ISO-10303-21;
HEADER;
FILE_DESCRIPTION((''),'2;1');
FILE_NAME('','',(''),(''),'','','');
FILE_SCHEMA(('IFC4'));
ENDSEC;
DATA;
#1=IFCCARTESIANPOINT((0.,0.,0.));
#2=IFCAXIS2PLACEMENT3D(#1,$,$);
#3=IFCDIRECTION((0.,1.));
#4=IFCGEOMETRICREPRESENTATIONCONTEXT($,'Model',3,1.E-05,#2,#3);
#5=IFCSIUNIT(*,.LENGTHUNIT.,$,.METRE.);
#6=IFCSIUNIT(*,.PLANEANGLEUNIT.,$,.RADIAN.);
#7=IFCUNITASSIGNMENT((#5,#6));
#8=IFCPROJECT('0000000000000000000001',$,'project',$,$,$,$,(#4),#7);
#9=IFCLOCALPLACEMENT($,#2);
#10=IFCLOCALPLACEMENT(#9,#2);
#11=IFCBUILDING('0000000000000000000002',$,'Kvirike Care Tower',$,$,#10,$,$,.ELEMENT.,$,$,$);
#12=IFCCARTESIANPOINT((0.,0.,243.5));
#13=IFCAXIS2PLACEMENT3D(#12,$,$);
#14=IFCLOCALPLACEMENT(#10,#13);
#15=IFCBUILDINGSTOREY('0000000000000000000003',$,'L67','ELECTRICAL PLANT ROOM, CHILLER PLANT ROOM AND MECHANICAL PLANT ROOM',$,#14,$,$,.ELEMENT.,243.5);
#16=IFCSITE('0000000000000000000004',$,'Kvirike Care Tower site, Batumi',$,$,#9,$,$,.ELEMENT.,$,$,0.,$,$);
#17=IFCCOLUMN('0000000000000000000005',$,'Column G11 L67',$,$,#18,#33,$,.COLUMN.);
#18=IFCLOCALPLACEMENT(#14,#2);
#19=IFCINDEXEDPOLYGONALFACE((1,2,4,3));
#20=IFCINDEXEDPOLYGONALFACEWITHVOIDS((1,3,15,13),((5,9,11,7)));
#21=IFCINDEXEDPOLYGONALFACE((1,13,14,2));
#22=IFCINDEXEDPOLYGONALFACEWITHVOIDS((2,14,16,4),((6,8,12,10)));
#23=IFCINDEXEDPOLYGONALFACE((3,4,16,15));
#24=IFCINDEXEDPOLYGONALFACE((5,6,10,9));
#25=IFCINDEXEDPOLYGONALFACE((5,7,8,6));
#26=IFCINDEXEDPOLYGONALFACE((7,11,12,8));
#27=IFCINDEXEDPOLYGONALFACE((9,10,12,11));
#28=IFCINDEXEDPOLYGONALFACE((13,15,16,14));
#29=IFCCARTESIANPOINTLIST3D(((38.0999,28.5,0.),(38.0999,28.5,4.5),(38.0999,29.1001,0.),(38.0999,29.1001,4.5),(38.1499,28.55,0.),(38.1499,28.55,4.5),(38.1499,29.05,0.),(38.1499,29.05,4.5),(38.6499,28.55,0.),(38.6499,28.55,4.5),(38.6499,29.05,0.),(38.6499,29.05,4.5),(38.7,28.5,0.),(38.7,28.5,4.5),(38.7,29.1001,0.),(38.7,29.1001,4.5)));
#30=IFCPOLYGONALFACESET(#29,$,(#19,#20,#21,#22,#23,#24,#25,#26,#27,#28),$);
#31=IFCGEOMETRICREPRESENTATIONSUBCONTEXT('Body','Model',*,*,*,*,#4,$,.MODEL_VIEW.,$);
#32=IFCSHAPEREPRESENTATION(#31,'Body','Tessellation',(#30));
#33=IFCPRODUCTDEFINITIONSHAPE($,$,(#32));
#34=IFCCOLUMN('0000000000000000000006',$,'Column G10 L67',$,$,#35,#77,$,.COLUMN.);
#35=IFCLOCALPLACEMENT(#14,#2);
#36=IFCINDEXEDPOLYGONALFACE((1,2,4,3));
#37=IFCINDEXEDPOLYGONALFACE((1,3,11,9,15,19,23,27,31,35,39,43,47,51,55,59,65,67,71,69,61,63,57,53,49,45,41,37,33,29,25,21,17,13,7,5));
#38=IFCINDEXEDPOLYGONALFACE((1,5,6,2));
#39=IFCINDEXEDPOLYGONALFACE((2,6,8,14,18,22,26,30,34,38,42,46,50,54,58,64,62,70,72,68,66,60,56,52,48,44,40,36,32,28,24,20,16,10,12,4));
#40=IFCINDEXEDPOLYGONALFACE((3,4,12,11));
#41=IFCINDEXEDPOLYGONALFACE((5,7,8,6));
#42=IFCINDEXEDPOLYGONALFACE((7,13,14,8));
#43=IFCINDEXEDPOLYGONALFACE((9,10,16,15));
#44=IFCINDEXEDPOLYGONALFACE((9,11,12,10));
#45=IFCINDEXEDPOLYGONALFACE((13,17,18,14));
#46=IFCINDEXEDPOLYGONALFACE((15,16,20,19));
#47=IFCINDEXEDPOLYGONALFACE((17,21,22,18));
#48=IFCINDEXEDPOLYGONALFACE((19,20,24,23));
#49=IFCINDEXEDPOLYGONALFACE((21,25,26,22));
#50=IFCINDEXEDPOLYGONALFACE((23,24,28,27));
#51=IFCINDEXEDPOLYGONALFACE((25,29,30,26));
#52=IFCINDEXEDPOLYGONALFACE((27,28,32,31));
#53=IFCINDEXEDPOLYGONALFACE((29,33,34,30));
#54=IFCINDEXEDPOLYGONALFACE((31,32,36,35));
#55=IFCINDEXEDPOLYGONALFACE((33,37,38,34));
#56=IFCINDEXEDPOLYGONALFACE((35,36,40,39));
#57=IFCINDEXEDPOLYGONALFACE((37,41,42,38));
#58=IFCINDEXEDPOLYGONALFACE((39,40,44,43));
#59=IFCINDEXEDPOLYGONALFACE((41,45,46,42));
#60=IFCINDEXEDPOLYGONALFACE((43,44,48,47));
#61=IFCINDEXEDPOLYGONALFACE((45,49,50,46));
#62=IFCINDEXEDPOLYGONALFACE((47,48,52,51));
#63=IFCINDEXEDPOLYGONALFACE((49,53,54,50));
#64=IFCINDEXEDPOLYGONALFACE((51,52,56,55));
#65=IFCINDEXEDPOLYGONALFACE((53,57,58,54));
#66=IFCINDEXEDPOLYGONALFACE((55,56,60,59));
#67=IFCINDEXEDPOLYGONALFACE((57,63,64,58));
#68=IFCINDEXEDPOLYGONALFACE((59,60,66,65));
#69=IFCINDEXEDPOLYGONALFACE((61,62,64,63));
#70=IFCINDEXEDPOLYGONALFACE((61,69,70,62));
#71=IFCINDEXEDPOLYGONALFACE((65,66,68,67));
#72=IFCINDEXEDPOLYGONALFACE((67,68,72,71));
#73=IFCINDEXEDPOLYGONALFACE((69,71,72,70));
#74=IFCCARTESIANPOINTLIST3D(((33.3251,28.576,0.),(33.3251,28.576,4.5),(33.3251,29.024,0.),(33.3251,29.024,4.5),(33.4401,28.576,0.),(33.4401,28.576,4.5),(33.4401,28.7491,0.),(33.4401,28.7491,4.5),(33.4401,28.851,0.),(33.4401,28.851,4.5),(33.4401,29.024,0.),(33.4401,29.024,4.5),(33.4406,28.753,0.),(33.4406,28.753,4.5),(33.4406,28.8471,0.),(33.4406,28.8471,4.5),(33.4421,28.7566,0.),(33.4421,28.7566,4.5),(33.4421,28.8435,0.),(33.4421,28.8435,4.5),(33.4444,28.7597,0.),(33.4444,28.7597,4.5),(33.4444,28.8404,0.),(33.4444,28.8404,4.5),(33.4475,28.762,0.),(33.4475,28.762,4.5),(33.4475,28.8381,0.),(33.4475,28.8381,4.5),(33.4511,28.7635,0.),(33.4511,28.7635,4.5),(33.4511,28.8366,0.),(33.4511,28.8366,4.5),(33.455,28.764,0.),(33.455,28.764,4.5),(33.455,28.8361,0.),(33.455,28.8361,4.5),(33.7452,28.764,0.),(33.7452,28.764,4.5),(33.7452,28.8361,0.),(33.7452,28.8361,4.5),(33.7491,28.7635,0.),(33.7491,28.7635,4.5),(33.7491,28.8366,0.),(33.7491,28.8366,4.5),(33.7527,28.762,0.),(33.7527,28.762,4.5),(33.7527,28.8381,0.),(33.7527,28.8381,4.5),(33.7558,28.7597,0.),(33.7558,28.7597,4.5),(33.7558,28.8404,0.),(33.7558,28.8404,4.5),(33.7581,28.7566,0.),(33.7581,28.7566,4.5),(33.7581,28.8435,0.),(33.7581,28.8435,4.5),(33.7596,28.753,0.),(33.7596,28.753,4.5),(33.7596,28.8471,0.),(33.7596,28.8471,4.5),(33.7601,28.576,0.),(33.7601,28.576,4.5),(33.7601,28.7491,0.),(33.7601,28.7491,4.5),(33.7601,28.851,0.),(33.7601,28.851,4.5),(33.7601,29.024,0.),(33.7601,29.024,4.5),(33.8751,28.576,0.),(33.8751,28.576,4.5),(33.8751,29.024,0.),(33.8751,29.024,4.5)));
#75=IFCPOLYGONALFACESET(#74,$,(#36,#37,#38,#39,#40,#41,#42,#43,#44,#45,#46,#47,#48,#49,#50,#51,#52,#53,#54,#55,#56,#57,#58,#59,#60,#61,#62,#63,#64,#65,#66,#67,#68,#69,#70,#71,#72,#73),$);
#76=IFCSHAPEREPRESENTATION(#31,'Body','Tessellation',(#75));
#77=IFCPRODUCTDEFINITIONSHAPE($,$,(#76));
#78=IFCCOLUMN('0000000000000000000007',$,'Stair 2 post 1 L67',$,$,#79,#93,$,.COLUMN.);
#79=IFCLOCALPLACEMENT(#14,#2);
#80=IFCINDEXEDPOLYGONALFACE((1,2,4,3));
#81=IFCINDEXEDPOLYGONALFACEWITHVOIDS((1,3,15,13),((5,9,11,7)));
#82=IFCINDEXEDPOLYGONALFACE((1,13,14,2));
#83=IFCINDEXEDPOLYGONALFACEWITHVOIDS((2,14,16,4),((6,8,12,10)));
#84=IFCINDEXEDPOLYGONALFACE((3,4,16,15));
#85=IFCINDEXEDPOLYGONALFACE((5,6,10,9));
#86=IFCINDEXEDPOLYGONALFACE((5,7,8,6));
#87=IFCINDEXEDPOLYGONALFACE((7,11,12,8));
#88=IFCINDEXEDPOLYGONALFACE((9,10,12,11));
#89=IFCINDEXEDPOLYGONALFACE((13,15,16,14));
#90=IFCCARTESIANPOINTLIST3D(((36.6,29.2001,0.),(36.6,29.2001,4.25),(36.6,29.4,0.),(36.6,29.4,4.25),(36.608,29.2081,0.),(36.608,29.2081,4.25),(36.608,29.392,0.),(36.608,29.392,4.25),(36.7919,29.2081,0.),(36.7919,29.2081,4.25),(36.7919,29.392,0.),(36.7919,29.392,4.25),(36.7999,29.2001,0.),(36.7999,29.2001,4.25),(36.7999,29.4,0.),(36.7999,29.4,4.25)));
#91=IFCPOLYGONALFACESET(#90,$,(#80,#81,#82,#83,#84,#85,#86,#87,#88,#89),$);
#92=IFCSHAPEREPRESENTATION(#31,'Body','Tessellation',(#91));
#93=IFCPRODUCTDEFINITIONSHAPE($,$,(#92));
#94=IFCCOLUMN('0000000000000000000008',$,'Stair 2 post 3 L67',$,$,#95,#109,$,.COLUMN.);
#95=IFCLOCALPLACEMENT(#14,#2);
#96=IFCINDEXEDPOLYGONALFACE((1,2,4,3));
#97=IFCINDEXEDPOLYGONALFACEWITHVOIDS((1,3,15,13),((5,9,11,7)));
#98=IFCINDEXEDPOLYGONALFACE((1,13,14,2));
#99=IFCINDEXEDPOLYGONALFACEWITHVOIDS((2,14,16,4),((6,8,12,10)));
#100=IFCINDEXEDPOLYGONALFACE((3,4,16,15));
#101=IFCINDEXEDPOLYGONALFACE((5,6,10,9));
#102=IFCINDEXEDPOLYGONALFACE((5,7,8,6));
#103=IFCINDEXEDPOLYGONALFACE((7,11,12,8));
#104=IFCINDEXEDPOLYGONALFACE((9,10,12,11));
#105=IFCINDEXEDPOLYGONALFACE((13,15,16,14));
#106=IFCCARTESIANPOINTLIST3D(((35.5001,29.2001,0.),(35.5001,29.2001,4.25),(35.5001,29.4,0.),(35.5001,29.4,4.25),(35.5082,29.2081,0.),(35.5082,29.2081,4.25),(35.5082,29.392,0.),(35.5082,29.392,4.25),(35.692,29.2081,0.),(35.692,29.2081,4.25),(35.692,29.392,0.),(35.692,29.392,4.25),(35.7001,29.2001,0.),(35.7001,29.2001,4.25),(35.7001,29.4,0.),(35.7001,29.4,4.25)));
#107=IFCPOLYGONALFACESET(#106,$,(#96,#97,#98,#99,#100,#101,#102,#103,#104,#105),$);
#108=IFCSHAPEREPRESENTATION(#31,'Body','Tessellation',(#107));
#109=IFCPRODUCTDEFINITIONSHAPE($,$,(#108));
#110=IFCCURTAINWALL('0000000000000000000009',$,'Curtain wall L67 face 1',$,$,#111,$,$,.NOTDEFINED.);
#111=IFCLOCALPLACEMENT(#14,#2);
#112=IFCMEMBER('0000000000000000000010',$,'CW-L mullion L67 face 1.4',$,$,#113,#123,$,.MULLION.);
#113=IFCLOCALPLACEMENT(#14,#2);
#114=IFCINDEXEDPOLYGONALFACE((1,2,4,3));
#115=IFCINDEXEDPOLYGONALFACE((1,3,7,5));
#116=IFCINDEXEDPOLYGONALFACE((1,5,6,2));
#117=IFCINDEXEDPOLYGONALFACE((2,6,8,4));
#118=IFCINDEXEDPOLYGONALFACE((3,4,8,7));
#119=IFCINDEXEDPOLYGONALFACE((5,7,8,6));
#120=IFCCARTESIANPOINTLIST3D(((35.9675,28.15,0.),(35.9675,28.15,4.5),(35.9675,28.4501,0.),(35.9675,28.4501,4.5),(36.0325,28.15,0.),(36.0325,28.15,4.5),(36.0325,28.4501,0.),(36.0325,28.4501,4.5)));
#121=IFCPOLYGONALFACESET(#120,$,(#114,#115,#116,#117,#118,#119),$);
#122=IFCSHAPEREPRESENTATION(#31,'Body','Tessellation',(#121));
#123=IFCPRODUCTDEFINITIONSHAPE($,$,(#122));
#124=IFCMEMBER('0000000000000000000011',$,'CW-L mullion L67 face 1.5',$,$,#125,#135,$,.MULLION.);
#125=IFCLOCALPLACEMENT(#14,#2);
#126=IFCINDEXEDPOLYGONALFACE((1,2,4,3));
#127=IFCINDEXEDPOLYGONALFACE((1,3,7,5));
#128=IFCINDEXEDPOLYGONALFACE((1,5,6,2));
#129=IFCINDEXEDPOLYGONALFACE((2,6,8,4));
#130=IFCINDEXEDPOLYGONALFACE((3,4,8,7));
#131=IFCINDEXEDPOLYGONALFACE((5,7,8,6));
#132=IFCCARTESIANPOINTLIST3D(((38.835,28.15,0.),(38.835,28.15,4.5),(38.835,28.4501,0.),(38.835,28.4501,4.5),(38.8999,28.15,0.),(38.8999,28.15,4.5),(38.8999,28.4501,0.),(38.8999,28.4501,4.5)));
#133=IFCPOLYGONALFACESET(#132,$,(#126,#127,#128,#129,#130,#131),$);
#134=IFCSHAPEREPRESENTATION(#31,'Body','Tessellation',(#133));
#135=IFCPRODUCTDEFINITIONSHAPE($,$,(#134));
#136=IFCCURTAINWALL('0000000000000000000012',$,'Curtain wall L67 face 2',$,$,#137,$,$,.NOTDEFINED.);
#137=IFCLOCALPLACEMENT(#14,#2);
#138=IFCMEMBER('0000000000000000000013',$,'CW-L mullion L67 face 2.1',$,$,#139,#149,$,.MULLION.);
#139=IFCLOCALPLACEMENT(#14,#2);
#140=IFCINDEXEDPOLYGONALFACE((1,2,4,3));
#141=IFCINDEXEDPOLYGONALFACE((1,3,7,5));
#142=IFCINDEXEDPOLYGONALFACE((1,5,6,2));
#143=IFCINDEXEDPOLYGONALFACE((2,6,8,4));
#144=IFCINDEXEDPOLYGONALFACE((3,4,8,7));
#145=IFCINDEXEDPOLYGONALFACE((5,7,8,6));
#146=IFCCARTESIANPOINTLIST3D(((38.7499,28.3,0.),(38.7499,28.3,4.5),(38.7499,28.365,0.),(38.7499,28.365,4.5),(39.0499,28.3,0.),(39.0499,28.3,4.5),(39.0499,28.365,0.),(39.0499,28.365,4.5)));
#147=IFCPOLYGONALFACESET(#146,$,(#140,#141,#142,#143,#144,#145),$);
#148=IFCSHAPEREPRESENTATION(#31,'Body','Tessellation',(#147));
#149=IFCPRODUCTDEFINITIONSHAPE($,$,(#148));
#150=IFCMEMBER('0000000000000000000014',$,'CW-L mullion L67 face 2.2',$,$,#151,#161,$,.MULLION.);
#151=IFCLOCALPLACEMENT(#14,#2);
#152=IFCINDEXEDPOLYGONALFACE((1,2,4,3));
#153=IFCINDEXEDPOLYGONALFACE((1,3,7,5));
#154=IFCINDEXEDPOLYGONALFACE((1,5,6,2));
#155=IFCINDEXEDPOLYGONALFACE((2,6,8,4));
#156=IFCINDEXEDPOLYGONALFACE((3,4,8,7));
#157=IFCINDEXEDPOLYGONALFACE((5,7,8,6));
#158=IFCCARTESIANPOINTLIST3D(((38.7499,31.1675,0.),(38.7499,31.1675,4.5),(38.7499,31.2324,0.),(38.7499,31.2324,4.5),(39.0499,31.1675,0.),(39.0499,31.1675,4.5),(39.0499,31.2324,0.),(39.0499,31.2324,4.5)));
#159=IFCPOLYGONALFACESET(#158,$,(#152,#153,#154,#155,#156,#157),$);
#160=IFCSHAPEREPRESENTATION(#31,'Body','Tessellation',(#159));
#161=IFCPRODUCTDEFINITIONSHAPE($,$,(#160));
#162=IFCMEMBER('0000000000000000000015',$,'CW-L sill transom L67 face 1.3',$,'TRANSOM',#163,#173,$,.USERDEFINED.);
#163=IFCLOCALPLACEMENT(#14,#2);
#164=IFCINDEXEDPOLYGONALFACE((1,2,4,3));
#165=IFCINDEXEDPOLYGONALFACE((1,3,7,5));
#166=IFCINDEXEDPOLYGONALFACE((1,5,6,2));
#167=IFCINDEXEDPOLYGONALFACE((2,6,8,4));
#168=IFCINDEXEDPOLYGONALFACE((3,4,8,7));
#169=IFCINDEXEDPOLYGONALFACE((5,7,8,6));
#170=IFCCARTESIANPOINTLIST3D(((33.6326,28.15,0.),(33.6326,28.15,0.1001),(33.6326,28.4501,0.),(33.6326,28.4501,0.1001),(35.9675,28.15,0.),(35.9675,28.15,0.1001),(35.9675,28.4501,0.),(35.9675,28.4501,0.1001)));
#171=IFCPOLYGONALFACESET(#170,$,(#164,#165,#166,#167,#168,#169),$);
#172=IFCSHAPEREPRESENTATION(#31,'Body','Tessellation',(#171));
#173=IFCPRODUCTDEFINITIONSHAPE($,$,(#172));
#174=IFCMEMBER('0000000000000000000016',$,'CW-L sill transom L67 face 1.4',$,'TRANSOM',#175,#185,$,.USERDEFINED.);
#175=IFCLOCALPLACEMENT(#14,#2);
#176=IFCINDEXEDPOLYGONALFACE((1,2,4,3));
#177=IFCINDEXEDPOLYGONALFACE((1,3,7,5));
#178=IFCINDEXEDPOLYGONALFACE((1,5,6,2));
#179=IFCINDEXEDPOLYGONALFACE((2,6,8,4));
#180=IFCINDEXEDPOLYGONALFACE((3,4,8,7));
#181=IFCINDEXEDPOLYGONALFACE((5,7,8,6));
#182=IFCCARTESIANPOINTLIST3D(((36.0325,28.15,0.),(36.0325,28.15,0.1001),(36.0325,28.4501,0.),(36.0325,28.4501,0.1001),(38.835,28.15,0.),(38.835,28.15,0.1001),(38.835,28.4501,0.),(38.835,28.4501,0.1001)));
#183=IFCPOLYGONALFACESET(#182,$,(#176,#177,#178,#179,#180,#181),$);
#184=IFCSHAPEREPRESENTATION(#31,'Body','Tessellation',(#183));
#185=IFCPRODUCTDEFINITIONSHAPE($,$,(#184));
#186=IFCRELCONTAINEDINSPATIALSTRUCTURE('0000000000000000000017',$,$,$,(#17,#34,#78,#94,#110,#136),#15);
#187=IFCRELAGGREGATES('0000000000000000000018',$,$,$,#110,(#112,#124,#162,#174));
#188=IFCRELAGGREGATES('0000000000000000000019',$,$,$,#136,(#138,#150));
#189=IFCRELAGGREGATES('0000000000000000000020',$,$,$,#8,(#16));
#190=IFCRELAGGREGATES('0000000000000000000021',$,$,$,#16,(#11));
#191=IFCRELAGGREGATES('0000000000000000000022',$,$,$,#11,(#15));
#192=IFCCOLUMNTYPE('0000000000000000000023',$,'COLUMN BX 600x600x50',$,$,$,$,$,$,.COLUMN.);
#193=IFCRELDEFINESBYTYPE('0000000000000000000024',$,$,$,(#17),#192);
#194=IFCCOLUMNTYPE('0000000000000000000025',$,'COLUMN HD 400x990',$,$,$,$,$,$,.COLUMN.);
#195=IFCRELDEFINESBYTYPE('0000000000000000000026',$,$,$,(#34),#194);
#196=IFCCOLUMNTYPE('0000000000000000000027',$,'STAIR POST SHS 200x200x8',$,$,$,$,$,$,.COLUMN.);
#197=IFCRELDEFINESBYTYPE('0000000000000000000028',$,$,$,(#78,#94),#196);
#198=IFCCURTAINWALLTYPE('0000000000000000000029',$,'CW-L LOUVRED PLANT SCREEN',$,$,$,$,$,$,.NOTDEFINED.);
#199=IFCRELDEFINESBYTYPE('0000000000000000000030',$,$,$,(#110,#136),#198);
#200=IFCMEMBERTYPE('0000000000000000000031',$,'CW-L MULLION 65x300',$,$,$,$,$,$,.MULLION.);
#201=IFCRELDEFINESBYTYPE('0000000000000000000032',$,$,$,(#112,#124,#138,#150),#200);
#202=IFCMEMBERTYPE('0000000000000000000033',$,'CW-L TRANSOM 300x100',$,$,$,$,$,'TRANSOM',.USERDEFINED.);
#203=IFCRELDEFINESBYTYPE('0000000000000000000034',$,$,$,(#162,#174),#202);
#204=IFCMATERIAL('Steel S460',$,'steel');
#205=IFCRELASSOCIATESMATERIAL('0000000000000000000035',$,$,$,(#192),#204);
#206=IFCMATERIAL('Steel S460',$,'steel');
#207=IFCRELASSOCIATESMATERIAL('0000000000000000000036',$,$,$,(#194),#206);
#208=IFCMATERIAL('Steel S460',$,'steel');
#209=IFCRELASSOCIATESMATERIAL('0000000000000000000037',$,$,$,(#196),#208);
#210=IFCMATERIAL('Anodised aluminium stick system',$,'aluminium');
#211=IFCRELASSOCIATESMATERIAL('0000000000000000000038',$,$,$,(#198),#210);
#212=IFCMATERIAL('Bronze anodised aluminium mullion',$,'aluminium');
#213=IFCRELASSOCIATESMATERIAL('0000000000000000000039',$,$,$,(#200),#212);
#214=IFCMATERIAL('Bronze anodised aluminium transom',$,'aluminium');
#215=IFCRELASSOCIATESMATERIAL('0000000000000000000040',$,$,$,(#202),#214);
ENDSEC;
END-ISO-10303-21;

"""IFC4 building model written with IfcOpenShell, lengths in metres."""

from ifc_helpers import new_model, si_unit, direction, frame, origin, origin_2d, place, context, subcontext, project, spatial, rectangle, hollow_rectangle, i_section, extrude, material, material_profile, profile_set, type_object, element, aggregate, save


model = new_model("IFC4")

# Units and contexts
model_context = context("Model", 3, precision=1e-05, world=origin(), true_north=direction((0.0, 1.0)))
body_context = subcontext(model_context, "Body", "Model", "MODEL_VIEW")
ifc_project = project(units=[si_unit("LENGTHUNIT", "METRE"), si_unit("PLANEANGLEUNIT", "RADIAN")], contexts=[model_context])

# Site, building, storey
site_placement = place(None, origin())
site = spatial("IfcSite", under=ifc_project, at=site_placement, Name="Kvirike Care Tower site, Batumi", CompositionType="ELEMENT", RefElevation=0.0)
building_placement = place(site_placement, origin())
building = spatial("IfcBuilding", under=site, at=building_placement, Name="Kvirike Care Tower", CompositionType="ELEMENT")
storey_placement = place(building_placement, frame((0.0, 0.0, 243.5)))
storey = spatial("IfcBuildingStorey", under=building, at=storey_placement, Name="L67", Description="ELECTRICAL PLANT ROOM, CHILLER PLANT ROOM AND MECHANICAL PLANT ROOM", CompositionType="ELEMENT", Elevation=243.5)

# Columns
ifc_material_1 = material(Name="Steel S460", Category="steel")
ifc_material_profile_1 = material_profile(ifc_material_1, hollow_rectangle(XDim=0.6001, YDim=0.6001, WallThickness=0.05, at=origin_2d()), Name="BX 600x600x50")
ifc_profile_set_1 = profile_set([ifc_material_profile_1], Name="Steel S460")
column_type_1 = type_object("IfcColumnType", Name="COLUMN BX 600x600x50", PredefinedType="COLUMN", material=ifc_profile_set_1)
column_1_placement = place(storey_placement, frame((38.3999, 28.8, 0.0), z_axis=(0.0, 0.0, 1.0), x_axis=(0.0, 1.0, 0.0)))
element("IfcColumn", 1, at=column_1_placement, inside=storey, type_object=column_type_1, Name="Column G11 L67", PredefinedType="COLUMN", context=body_context, shape_type="SweptSolid", body=[
    extrude(hollow_rectangle(XDim=0.6001, YDim=0.6001, WallThickness=0.05, at=origin_2d()), origin(), (0.0, 0.0, 1.0), 4.5),
])
ifc_material_2 = material(Name="Steel S460", Category="steel")
ifc_material_profile_2 = material_profile(ifc_material_2, i_section(OverallWidth=0.448, OverallDepth=0.55, WebThickness=0.072, FlangeThickness=0.115, FilletRadius=0.0149, at=origin_2d()), Name="HD 400x990")
ifc_profile_set_2 = profile_set([ifc_material_profile_2], Name="Steel S460")
column_type_2 = type_object("IfcColumnType", Name="COLUMN HD 400x990", PredefinedType="COLUMN", material=ifc_profile_set_2)
column_2_placement = place(storey_placement, frame((33.6001, 28.8, 0.0), z_axis=(0.0, 0.0, 1.0), x_axis=(0.0, 1.0, 0.0)))
element("IfcColumn", 2, at=column_2_placement, inside=storey, type_object=column_type_2, Name="Column G10 L67", PredefinedType="COLUMN", context=body_context, shape_type="SweptSolid", body=[
    extrude(i_section(OverallWidth=0.448, OverallDepth=0.55, WebThickness=0.072, FlangeThickness=0.115, FilletRadius=0.0149, at=origin_2d()), origin(), (0.0, 0.0, 1.0), 4.5),
])
ifc_material_3 = material(Name="Steel S460", Category="steel")
ifc_material_profile_3 = material_profile(ifc_material_3, hollow_rectangle(XDim=0.2, YDim=0.2, WallThickness=0.0081, at=origin_2d()), Name="SHS 200x200x8")
ifc_profile_set_3 = profile_set([ifc_material_profile_3], Name="Steel S460")
column_type_3 = type_object("IfcColumnType", Name="STAIR POST SHS 200x200x8", PredefinedType="COLUMN", material=ifc_profile_set_3)
for number, where, z_axis, x_axis, name in (
    (3, (36.7, 29.3, 0.0), (0.0, 0.0, 1.0), (1.0, 0.0, 0.0), "Stair 2 post 1 L67"),
    (4, (35.6001, 29.3, 0.0), (0.0, 0.0, 1.0), (1.0, 0.0, 0.0), "Stair 2 post 3 L67"),
):
    element("IfcColumn", number, at=place(storey_placement, frame(where, z_axis=z_axis, x_axis=x_axis)), inside=storey, type_object=column_type_3, Name=name, PredefinedType="COLUMN", context=body_context, shape_type="SweptSolid", body=[
        extrude(hollow_rectangle(XDim=0.2, YDim=0.2, WallThickness=0.0081, at=origin_2d()), origin(), (0.0, 0.0, 1.0), 4.25),
    ])

# Curtain walls, members
ifc_material_4 = material(Name="Anodised aluminium stick system", Category="aluminium")
curtain_wall_type = type_object("IfcCurtainWallType", Name="CW-L LOUVRED PLANT SCREEN", PredefinedType="NOTDEFINED", material=ifc_material_4)
curtain_wall_1_placement = place(storey_placement, origin())
curtain_wall_1 = element("IfcCurtainWall", 5, at=curtain_wall_1_placement, inside=storey, type_object=curtain_wall_type, Name="Curtain wall L67 face 1", PredefinedType="NOTDEFINED")
ifc_material_5 = material(Name="Bronze anodised aluminium mullion", Category="aluminium")
ifc_material_profile_4 = material_profile(ifc_material_5, rectangle(XDim=0.0649, YDim=0.3, at=origin_2d()), Name="CW-L MULLION 65x300")
ifc_profile_set_4 = profile_set([ifc_material_profile_4], Name="Bronze anodised aluminium mullion")
member_type_1 = type_object("IfcMemberType", Name="CW-L MULLION 65x300", PredefinedType="MULLION", material=ifc_profile_set_4)
member_1_placement = place(storey_placement, frame((36.0, 28.3, 0.0), z_axis=(0.0, 0.0, 1.0), x_axis=(1.0, 0.0, 0.0)))
member_1 = element("IfcMember", 6, at=member_1_placement, type_object=member_type_1, Name="CW-L mullion L67 face 1.4", PredefinedType="MULLION", context=body_context, shape_type="SweptSolid", body=[
    extrude(rectangle(XDim=0.0649, YDim=0.3, at=origin_2d()), origin(), (0.0, 0.0, 1.0), 4.5),
])
member_2_placement = place(storey_placement, frame((38.8674, 28.3, 0.0), z_axis=(0.0, 0.0, 1.0), x_axis=(1.0, 0.0, 0.0)))
member_2 = element("IfcMember", 7, at=member_2_placement, type_object=member_type_1, Name="CW-L mullion L67 face 1.5", PredefinedType="MULLION", context=body_context, shape_type="SweptSolid", body=[
    extrude(rectangle(XDim=0.0649, YDim=0.3, at=origin_2d()), origin(), (0.0, 0.0, 1.0), 4.5),
])
curtain_wall_2_placement = place(storey_placement, origin())
curtain_wall_2 = element("IfcCurtainWall", 8, at=curtain_wall_2_placement, inside=storey, type_object=curtain_wall_type, Name="Curtain wall L67 face 2", PredefinedType="NOTDEFINED")
member_3_placement = place(storey_placement, frame((38.8999, 28.3325, 0.0), z_axis=(0.0, 0.0, 1.0), x_axis=(0.0, 1.0, 0.0)))
member_3 = element("IfcMember", 9, at=member_3_placement, type_object=member_type_1, Name="CW-L mullion L67 face 2.1", PredefinedType="MULLION", context=body_context, shape_type="SweptSolid", body=[
    extrude(rectangle(XDim=0.0649, YDim=0.3, at=origin_2d()), origin(), (0.0, 0.0, 1.0), 4.5),
])
member_4_placement = place(storey_placement, frame((38.8999, 31.2, 0.0), z_axis=(0.0, 0.0, 1.0), x_axis=(0.0, 1.0, 0.0)))
member_4 = element("IfcMember", 10, at=member_4_placement, type_object=member_type_1, Name="CW-L mullion L67 face 2.2", PredefinedType="MULLION", context=body_context, shape_type="SweptSolid", body=[
    extrude(rectangle(XDim=0.0649, YDim=0.3, at=origin_2d()), origin(), (0.0, 0.0, 1.0), 4.5),
])

# Members
ifc_material_6 = material(Name="Bronze anodised aluminium transom", Category="aluminium")
ifc_material_profile_5 = material_profile(ifc_material_6, rectangle(XDim=0.3, YDim=0.1001, at=origin_2d()), Name="CW-L TRANSOM 300x100")
ifc_profile_set_5 = profile_set([ifc_material_profile_5], Name="Bronze anodised aluminium transom")
member_type_2 = type_object("IfcMemberType", Name="CW-L TRANSOM 300x100", ElementType="TRANSOM", PredefinedType="USERDEFINED", material=ifc_profile_set_5)
member_5_placement = place(storey_placement, frame((33.6326, 28.3, 0.05), z_axis=(1.0, 0.0, 0.0), x_axis=(0.0, 1.0, 0.0)))
member_5 = element("IfcMember", 11, at=member_5_placement, type_object=member_type_2, Name="CW-L sill transom L67 face 1.3", ObjectType="TRANSOM", PredefinedType="USERDEFINED", context=body_context, shape_type="SweptSolid", body=[
    extrude(rectangle(XDim=0.3, YDim=0.1001, at=origin_2d()), origin(), (0.0, 0.0, 1.0), 2.335),
])
member_6_placement = place(storey_placement, frame((36.0325, 28.3, 0.05), z_axis=(1.0, 0.0, 0.0), x_axis=(0.0, 1.0, 0.0)))
member_6 = element("IfcMember", 12, at=member_6_placement, type_object=member_type_2, Name="CW-L sill transom L67 face 1.4", ObjectType="TRANSOM", PredefinedType="USERDEFINED", context=body_context, shape_type="SweptSolid", body=[
    extrude(rectangle(XDim=0.3, YDim=0.1001, at=origin_2d()), origin(), (0.0, 0.0, 1.0), 2.8025),
])

aggregate(curtain_wall_1, [member_1, member_2, member_5, member_6])
aggregate(curtain_wall_2, [member_3, member_4])

save(model, "model.ifc")
